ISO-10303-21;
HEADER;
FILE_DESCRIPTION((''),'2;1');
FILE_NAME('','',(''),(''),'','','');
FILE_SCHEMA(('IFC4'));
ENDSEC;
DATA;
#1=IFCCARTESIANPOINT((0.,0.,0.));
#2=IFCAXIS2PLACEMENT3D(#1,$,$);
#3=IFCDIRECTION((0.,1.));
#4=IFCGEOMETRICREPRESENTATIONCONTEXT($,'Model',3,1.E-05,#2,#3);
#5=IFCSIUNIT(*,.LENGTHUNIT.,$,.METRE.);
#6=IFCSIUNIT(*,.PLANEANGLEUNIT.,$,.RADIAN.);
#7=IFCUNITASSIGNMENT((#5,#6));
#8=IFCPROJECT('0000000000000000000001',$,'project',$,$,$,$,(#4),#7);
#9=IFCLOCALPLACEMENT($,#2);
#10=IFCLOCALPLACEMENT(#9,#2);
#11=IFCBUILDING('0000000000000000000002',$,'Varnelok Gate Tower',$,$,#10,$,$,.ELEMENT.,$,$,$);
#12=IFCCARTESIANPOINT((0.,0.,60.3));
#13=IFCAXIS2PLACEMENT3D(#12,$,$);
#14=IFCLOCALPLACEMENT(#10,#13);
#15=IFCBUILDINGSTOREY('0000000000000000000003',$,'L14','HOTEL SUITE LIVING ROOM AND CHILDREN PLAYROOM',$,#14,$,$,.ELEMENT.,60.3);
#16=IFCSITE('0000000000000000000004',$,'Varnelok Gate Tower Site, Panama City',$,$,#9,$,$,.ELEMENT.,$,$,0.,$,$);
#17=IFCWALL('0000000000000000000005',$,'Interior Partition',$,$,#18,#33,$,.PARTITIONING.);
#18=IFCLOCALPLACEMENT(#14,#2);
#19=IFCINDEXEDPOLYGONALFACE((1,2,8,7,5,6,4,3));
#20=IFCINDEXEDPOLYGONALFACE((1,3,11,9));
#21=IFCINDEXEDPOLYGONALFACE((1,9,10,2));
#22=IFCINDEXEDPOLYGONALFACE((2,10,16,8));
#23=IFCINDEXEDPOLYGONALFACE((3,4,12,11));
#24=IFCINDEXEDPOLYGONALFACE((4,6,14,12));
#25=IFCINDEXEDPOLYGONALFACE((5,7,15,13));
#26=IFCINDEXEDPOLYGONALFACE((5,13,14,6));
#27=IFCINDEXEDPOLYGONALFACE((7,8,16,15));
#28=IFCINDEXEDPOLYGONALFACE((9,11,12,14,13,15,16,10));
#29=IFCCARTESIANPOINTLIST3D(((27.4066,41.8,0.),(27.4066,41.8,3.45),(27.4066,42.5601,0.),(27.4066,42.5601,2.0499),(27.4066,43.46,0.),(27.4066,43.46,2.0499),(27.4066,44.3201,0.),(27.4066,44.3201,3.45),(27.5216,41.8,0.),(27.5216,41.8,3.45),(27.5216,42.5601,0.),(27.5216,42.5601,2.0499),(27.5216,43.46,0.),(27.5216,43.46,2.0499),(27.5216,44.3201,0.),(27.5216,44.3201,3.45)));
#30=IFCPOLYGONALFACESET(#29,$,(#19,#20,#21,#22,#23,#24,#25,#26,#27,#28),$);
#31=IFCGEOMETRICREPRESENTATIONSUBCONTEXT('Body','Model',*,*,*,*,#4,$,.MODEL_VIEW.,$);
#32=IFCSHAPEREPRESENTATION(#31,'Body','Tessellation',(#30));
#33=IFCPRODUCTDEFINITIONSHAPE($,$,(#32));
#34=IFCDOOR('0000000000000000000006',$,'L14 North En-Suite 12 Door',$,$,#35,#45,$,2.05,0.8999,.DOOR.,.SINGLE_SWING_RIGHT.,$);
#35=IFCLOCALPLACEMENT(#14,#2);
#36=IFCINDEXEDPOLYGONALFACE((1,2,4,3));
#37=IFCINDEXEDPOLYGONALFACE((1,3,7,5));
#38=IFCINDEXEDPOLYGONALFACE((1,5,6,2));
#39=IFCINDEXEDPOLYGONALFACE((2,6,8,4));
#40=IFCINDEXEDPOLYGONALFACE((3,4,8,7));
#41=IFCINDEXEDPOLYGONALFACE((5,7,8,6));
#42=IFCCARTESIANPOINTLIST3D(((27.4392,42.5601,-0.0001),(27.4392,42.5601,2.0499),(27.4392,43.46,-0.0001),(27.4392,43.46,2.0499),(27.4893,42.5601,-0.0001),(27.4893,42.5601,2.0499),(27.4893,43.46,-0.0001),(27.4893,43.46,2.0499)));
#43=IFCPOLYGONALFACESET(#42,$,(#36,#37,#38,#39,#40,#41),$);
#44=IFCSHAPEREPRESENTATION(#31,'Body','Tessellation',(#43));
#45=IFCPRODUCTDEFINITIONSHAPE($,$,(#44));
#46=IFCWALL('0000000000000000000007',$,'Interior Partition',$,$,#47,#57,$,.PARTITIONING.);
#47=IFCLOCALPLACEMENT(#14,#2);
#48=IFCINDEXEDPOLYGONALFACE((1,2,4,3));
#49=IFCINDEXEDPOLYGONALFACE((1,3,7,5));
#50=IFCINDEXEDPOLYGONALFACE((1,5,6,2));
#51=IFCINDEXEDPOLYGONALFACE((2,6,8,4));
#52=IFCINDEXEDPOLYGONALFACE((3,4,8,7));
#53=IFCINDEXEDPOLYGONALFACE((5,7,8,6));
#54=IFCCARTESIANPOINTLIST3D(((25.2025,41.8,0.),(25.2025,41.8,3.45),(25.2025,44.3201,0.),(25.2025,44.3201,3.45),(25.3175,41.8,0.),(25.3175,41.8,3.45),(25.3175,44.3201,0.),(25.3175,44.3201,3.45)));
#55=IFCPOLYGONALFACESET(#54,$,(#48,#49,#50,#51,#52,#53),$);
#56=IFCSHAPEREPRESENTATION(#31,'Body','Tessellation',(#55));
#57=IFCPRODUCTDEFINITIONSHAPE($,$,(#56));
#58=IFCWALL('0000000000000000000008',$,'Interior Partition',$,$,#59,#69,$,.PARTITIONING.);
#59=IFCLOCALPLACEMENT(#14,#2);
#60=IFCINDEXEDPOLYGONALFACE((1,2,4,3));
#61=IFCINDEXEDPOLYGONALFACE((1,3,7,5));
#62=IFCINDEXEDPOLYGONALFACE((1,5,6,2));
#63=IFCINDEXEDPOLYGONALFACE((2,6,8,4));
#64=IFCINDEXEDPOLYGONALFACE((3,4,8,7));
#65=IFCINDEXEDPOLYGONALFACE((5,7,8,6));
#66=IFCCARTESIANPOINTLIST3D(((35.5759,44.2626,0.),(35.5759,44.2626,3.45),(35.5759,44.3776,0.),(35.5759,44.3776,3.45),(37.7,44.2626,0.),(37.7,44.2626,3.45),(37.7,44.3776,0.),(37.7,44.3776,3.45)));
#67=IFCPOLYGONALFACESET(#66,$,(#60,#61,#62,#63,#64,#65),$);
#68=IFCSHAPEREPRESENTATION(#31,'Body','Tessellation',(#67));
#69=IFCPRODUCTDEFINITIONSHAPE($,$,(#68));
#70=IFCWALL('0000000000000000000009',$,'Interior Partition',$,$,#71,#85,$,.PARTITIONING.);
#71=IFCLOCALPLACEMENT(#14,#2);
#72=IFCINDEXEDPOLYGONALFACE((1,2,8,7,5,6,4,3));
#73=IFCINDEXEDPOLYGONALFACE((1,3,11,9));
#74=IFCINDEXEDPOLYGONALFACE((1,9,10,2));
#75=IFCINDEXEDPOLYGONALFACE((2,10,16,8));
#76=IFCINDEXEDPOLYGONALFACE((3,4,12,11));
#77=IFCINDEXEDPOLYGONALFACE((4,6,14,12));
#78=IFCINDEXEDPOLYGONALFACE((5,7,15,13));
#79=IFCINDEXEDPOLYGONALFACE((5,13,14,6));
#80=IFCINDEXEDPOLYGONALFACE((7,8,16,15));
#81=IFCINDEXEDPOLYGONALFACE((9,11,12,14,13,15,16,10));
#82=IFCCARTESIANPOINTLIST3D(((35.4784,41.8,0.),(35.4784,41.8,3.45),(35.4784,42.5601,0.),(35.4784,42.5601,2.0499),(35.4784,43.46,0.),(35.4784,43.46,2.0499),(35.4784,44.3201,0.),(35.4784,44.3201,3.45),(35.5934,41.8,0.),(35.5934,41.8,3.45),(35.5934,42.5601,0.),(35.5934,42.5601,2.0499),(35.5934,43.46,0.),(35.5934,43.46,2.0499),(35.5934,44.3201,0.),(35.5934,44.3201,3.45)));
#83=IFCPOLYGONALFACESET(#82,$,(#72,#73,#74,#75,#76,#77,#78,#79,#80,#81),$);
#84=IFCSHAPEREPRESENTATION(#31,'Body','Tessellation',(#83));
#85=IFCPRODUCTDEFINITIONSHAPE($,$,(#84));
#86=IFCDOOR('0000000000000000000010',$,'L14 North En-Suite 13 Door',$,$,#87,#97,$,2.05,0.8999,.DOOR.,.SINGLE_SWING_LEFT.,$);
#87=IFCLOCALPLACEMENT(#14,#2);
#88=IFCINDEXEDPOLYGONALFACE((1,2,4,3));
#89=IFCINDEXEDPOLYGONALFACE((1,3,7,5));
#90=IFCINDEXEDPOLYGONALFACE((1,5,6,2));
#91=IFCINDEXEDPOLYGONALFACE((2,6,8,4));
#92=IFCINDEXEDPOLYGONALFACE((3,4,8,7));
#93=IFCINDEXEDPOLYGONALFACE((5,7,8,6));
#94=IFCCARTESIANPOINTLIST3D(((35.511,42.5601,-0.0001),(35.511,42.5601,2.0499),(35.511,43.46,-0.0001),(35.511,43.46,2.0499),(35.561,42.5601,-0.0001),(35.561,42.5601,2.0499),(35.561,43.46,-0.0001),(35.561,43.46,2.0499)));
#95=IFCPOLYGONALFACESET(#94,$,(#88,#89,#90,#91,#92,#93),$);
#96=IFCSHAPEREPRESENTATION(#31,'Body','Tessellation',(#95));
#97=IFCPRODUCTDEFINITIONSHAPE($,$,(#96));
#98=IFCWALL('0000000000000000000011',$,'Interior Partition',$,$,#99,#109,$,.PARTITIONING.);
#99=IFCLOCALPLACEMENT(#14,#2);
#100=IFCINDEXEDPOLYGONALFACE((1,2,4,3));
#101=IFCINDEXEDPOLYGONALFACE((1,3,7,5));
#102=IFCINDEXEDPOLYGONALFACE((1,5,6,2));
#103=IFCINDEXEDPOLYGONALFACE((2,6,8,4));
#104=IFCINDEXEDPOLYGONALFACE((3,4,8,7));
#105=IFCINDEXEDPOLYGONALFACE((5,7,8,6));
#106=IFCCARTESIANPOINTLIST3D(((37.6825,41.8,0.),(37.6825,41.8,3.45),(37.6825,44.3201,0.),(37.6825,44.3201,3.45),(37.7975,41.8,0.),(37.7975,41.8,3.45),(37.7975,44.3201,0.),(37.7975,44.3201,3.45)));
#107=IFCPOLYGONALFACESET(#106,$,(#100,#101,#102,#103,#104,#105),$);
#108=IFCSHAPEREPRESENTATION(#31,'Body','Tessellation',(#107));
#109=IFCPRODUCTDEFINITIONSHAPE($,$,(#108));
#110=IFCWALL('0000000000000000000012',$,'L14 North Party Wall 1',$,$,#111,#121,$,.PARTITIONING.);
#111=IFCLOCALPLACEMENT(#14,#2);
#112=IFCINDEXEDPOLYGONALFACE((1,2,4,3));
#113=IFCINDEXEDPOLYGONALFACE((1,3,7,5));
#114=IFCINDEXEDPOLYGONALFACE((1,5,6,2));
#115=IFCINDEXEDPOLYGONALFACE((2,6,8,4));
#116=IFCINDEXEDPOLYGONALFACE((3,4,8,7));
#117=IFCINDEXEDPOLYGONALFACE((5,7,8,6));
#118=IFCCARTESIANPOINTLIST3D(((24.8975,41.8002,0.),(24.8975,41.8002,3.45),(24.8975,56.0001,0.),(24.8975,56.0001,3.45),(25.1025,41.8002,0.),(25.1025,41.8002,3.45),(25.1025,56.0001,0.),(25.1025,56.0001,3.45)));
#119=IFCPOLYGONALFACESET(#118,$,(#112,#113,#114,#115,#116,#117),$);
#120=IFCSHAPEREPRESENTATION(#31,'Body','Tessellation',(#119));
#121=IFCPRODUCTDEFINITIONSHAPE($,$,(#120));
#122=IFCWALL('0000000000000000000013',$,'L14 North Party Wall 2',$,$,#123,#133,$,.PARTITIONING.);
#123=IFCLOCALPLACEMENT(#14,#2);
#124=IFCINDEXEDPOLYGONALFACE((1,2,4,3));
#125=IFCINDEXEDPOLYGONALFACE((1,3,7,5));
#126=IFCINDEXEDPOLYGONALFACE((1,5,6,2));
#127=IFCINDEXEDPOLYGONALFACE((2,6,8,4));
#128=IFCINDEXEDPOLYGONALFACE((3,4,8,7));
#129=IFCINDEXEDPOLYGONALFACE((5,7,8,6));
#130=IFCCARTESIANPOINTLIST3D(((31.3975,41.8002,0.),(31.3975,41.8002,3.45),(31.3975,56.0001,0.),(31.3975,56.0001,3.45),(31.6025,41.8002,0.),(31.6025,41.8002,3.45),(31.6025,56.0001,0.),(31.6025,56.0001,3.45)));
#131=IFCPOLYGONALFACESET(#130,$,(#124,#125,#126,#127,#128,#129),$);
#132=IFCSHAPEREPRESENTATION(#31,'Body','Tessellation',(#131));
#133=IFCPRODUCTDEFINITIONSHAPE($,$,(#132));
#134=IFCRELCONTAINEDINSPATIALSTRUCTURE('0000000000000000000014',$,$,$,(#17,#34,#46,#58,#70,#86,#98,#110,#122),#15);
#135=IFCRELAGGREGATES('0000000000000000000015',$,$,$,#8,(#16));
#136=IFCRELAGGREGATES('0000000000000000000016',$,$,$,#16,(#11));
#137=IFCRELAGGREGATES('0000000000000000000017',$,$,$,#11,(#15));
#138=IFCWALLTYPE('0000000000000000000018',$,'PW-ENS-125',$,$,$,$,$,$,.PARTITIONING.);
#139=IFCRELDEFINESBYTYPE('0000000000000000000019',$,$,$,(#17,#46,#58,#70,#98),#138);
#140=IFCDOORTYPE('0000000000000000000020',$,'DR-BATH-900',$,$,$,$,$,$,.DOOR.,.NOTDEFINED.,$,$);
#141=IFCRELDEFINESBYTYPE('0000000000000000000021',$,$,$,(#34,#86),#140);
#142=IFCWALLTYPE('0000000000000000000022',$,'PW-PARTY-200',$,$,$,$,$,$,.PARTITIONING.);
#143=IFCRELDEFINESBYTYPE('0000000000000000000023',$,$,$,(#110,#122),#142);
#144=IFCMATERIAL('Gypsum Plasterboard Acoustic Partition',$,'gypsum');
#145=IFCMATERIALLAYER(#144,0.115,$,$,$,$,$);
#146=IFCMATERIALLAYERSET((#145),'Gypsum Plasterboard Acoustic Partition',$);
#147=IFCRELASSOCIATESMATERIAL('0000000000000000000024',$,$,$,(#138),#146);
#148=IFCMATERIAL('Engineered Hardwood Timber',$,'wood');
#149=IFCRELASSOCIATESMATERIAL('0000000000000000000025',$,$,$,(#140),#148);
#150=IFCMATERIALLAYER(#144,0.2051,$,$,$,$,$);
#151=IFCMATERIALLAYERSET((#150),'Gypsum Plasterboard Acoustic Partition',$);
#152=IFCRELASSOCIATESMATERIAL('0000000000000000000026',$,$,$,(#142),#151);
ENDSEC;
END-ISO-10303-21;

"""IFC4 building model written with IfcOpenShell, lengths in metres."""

from ifc_helpers import new_model, si_unit, direction, frame, frame_2d, origin, place, context, subcontext, project, spatial, rectangle, extrude, material, layer, layer_set, type_object, element, fill, save


model = new_model("IFC4")

# Units and contexts
model_context = context("Model", 3, precision=1e-05, world=origin(), true_north=direction((0.0, 1.0)))
body_context = subcontext(model_context, "Body", "Model", "MODEL_VIEW")
ifc_project = project(units=[si_unit("LENGTHUNIT", "METRE"), si_unit("PLANEANGLEUNIT", "RADIAN")], contexts=[model_context])

# Site, building, storey
site_placement = place(None, origin())
site = spatial("IfcSite", under=ifc_project, at=site_placement, Name="Varnelok Gate Tower Site, Panama City", CompositionType="ELEMENT", RefElevation=0.0)
building_placement = place(site_placement, origin())
building = spatial("IfcBuilding", under=site, at=building_placement, Name="Varnelok Gate Tower", CompositionType="ELEMENT")
storey_placement = place(building_placement, frame((0.0, 0.0, 60.3)))
storey = spatial("IfcBuildingStorey", under=building, at=storey_placement, Name="L14", Description="HOTEL SUITE LIVING ROOM AND CHILDREN PLAYROOM", CompositionType="ELEMENT", Elevation=60.3)

# Shared definitions
ifc_material_1 = material(Name="Gypsum Plasterboard Acoustic Partition", Category="gypsum")
ifc_material_2 = material(Name="Engineered Hardwood Timber", Category="wood")

# Shared definitions
ifc_layer_1 = layer(ifc_material_1, 0.115)
ifc_layer_set_1 = layer_set([ifc_layer_1], Name="Gypsum Plasterboard Acoustic Partition")
wall_type_1 = type_object("IfcWallType", Name="PW-ENS-125", PredefinedType="PARTITIONING", material=ifc_layer_set_1)

# Shared definitions
door_type_1 = type_object("IfcDoorType", Name="DR-BATH-900", OperationType="NOTDEFINED", PredefinedType="DOOR", material=ifc_material_2)

# Wall, opening, door
wall_1_placement = place(storey_placement, frame((27.4641, 41.8, 0.0), z_axis=(0.0, 0.0, 1.0), x_axis=(0.0, 1.0, 0.0)))
wall_1 = element("IfcWall", 1, at=wall_1_placement, inside=storey, type_object=wall_type_1, Name="Interior Partition", PredefinedType="PARTITIONING", context=body_context, shape_type="SweptSolid", body=[
    extrude(rectangle(XDim=2.52, YDim=0.115, at=frame_2d((1.26, 0.0))), origin(), (0.0, 0.0, 1.0), 3.45),
])
opening_1_placement = place(wall_1_placement, frame((0.76, 0.0, 0.0)))
opening_1 = element("IfcOpeningElement", 2, at=opening_1_placement, cuts=wall_1, PredefinedType="OPENING", context=body_context, shape_type="SweptSolid", body=[
    extrude(rectangle(XDim=0.8999, YDim=2.05, at=frame_2d((0.45, 1.0249))), frame((0.0, 0.0674, 0.0), z_axis=(0.0, -1.0, 0.0), x_axis=(1.0, 0.0, 0.0)), (0.0, 0.0, 1.0), 0.135),
])
door_1_placement = place(opening_1_placement, origin())
door_1 = element("IfcDoor", 3, at=door_1_placement, inside=storey, type_object=door_type_1, Name="L14 North En-Suite 12 Door", OperationType="SINGLE_SWING_RIGHT", OverallHeight=2.05, OverallWidth=0.8999, PredefinedType="DOOR", context=body_context, shape_type="SweptSolid", body=[
    extrude(rectangle(XDim=0.8999, YDim=2.05, at=frame_2d((0.45, 1.0249))), frame((0.0, 0.0249, 0.0), z_axis=(0.0, -1.0, 0.0), x_axis=(1.0, 0.0, 0.0)), (0.0, 0.0, 1.0), 0.05),
])
fill(opening_1, door_1)

# Walls
wall_2_placement = place(storey_placement, frame((25.26, 41.8, 0.0), z_axis=(0.0, 0.0, 1.0), x_axis=(0.0, 1.0, 0.0)))
element("IfcWall", 4, at=wall_2_placement, inside=storey, type_object=wall_type_1, Name="Interior Partition", PredefinedType="PARTITIONING", context=body_context, shape_type="SweptSolid", body=[
    extrude(rectangle(XDim=2.52, YDim=0.115, at=frame_2d((1.26, 0.0))), origin(), (0.0, 0.0, 1.0), 3.45),
])
wall_3_placement = place(storey_placement, frame((35.5759, 44.3201, 0.0), z_axis=(0.0, 0.0, 1.0), x_axis=(1.0, 0.0, 0.0)))
element("IfcWall", 5, at=wall_3_placement, inside=storey, type_object=wall_type_1, Name="Interior Partition", PredefinedType="PARTITIONING", context=body_context, shape_type="SweptSolid", body=[
    extrude(rectangle(XDim=2.124, YDim=0.115, at=frame_2d((1.062, 0.0))), origin(), (0.0, 0.0, 1.0), 3.45),
])

# Wall, opening, door
wall_4_placement = place(storey_placement, frame((35.5359, 41.8, 0.0), z_axis=(0.0, 0.0, 1.0), x_axis=(0.0, 1.0, 0.0)))
wall_4 = element("IfcWall", 6, at=wall_4_placement, inside=storey, type_object=wall_type_1, Name="Interior Partition", PredefinedType="PARTITIONING", context=body_context, shape_type="SweptSolid", body=[
    extrude(rectangle(XDim=2.52, YDim=0.115, at=frame_2d((1.26, 0.0))), origin(), (0.0, 0.0, 1.0), 3.45),
])
opening_2_placement = place(wall_4_placement, frame((0.76, 0.0, 0.0)))
opening_2 = element("IfcOpeningElement", 7, at=opening_2_placement, cuts=wall_4, PredefinedType="OPENING", context=body_context, shape_type="SweptSolid", body=[
    extrude(rectangle(XDim=0.8999, YDim=2.05, at=frame_2d((0.45, 1.0249))), frame((0.0, 0.0674, 0.0), z_axis=(0.0, -1.0, 0.0), x_axis=(1.0, 0.0, 0.0)), (0.0, 0.0, 1.0), 0.135),
])
door_2_placement = place(opening_2_placement, origin())
door_2 = element("IfcDoor", 8, at=door_2_placement, inside=storey, type_object=door_type_1, Name="L14 North En-Suite 13 Door", OperationType="SINGLE_SWING_LEFT", OverallHeight=2.05, OverallWidth=0.8999, PredefinedType="DOOR", context=body_context, shape_type="SweptSolid", body=[
    extrude(rectangle(XDim=0.8999, YDim=2.05, at=frame_2d((0.45, 1.0249))), frame((0.0, 0.0249, 0.0), z_axis=(0.0, -1.0, 0.0), x_axis=(1.0, 0.0, 0.0)), (0.0, 0.0, 1.0), 0.05),
])
fill(opening_2, door_2)

# Walls
wall_5_placement = place(storey_placement, frame((37.74, 41.8, 0.0), z_axis=(0.0, 0.0, 1.0), x_axis=(0.0, 1.0, 0.0)))
element("IfcWall", 9, at=wall_5_placement, inside=storey, type_object=wall_type_1, Name="Interior Partition", PredefinedType="PARTITIONING", context=body_context, shape_type="SweptSolid", body=[
    extrude(rectangle(XDim=2.52, YDim=0.115, at=frame_2d((1.26, 0.0))), origin(), (0.0, 0.0, 1.0), 3.45),
])
ifc_layer_2 = layer(ifc_material_1, 0.2051)
ifc_layer_set_2 = layer_set([ifc_layer_2], Name="Gypsum Plasterboard Acoustic Partition")
wall_type_2 = type_object("IfcWallType", Name="PW-PARTY-200", PredefinedType="PARTITIONING", material=ifc_layer_set_2)
for number, where, z_axis, x_axis, name in (
    (10, (25.0, 41.8, 0.0), (0.0, 0.0, 1.0), (0.0, 1.0, 0.0), "L14 North Party Wall 1"),
    (11, (31.5, 41.8, 0.0), (0.0, 0.0, 1.0), (0.0, 1.0, 0.0), "L14 North Party Wall 2"),
):
    element("IfcWall", number, at=place(storey_placement, frame(where, z_axis=z_axis, x_axis=x_axis)), inside=storey, type_object=wall_type_2, Name=name, PredefinedType="PARTITIONING", context=body_context, shape_type="SweptSolid", body=[
        extrude(rectangle(XDim=14.2, YDim=0.2051, at=frame_2d((7.1001, 0.0))), origin(), (0.0, 0.0, 1.0), 3.45),
    ])

save(model, "model.ifc")
